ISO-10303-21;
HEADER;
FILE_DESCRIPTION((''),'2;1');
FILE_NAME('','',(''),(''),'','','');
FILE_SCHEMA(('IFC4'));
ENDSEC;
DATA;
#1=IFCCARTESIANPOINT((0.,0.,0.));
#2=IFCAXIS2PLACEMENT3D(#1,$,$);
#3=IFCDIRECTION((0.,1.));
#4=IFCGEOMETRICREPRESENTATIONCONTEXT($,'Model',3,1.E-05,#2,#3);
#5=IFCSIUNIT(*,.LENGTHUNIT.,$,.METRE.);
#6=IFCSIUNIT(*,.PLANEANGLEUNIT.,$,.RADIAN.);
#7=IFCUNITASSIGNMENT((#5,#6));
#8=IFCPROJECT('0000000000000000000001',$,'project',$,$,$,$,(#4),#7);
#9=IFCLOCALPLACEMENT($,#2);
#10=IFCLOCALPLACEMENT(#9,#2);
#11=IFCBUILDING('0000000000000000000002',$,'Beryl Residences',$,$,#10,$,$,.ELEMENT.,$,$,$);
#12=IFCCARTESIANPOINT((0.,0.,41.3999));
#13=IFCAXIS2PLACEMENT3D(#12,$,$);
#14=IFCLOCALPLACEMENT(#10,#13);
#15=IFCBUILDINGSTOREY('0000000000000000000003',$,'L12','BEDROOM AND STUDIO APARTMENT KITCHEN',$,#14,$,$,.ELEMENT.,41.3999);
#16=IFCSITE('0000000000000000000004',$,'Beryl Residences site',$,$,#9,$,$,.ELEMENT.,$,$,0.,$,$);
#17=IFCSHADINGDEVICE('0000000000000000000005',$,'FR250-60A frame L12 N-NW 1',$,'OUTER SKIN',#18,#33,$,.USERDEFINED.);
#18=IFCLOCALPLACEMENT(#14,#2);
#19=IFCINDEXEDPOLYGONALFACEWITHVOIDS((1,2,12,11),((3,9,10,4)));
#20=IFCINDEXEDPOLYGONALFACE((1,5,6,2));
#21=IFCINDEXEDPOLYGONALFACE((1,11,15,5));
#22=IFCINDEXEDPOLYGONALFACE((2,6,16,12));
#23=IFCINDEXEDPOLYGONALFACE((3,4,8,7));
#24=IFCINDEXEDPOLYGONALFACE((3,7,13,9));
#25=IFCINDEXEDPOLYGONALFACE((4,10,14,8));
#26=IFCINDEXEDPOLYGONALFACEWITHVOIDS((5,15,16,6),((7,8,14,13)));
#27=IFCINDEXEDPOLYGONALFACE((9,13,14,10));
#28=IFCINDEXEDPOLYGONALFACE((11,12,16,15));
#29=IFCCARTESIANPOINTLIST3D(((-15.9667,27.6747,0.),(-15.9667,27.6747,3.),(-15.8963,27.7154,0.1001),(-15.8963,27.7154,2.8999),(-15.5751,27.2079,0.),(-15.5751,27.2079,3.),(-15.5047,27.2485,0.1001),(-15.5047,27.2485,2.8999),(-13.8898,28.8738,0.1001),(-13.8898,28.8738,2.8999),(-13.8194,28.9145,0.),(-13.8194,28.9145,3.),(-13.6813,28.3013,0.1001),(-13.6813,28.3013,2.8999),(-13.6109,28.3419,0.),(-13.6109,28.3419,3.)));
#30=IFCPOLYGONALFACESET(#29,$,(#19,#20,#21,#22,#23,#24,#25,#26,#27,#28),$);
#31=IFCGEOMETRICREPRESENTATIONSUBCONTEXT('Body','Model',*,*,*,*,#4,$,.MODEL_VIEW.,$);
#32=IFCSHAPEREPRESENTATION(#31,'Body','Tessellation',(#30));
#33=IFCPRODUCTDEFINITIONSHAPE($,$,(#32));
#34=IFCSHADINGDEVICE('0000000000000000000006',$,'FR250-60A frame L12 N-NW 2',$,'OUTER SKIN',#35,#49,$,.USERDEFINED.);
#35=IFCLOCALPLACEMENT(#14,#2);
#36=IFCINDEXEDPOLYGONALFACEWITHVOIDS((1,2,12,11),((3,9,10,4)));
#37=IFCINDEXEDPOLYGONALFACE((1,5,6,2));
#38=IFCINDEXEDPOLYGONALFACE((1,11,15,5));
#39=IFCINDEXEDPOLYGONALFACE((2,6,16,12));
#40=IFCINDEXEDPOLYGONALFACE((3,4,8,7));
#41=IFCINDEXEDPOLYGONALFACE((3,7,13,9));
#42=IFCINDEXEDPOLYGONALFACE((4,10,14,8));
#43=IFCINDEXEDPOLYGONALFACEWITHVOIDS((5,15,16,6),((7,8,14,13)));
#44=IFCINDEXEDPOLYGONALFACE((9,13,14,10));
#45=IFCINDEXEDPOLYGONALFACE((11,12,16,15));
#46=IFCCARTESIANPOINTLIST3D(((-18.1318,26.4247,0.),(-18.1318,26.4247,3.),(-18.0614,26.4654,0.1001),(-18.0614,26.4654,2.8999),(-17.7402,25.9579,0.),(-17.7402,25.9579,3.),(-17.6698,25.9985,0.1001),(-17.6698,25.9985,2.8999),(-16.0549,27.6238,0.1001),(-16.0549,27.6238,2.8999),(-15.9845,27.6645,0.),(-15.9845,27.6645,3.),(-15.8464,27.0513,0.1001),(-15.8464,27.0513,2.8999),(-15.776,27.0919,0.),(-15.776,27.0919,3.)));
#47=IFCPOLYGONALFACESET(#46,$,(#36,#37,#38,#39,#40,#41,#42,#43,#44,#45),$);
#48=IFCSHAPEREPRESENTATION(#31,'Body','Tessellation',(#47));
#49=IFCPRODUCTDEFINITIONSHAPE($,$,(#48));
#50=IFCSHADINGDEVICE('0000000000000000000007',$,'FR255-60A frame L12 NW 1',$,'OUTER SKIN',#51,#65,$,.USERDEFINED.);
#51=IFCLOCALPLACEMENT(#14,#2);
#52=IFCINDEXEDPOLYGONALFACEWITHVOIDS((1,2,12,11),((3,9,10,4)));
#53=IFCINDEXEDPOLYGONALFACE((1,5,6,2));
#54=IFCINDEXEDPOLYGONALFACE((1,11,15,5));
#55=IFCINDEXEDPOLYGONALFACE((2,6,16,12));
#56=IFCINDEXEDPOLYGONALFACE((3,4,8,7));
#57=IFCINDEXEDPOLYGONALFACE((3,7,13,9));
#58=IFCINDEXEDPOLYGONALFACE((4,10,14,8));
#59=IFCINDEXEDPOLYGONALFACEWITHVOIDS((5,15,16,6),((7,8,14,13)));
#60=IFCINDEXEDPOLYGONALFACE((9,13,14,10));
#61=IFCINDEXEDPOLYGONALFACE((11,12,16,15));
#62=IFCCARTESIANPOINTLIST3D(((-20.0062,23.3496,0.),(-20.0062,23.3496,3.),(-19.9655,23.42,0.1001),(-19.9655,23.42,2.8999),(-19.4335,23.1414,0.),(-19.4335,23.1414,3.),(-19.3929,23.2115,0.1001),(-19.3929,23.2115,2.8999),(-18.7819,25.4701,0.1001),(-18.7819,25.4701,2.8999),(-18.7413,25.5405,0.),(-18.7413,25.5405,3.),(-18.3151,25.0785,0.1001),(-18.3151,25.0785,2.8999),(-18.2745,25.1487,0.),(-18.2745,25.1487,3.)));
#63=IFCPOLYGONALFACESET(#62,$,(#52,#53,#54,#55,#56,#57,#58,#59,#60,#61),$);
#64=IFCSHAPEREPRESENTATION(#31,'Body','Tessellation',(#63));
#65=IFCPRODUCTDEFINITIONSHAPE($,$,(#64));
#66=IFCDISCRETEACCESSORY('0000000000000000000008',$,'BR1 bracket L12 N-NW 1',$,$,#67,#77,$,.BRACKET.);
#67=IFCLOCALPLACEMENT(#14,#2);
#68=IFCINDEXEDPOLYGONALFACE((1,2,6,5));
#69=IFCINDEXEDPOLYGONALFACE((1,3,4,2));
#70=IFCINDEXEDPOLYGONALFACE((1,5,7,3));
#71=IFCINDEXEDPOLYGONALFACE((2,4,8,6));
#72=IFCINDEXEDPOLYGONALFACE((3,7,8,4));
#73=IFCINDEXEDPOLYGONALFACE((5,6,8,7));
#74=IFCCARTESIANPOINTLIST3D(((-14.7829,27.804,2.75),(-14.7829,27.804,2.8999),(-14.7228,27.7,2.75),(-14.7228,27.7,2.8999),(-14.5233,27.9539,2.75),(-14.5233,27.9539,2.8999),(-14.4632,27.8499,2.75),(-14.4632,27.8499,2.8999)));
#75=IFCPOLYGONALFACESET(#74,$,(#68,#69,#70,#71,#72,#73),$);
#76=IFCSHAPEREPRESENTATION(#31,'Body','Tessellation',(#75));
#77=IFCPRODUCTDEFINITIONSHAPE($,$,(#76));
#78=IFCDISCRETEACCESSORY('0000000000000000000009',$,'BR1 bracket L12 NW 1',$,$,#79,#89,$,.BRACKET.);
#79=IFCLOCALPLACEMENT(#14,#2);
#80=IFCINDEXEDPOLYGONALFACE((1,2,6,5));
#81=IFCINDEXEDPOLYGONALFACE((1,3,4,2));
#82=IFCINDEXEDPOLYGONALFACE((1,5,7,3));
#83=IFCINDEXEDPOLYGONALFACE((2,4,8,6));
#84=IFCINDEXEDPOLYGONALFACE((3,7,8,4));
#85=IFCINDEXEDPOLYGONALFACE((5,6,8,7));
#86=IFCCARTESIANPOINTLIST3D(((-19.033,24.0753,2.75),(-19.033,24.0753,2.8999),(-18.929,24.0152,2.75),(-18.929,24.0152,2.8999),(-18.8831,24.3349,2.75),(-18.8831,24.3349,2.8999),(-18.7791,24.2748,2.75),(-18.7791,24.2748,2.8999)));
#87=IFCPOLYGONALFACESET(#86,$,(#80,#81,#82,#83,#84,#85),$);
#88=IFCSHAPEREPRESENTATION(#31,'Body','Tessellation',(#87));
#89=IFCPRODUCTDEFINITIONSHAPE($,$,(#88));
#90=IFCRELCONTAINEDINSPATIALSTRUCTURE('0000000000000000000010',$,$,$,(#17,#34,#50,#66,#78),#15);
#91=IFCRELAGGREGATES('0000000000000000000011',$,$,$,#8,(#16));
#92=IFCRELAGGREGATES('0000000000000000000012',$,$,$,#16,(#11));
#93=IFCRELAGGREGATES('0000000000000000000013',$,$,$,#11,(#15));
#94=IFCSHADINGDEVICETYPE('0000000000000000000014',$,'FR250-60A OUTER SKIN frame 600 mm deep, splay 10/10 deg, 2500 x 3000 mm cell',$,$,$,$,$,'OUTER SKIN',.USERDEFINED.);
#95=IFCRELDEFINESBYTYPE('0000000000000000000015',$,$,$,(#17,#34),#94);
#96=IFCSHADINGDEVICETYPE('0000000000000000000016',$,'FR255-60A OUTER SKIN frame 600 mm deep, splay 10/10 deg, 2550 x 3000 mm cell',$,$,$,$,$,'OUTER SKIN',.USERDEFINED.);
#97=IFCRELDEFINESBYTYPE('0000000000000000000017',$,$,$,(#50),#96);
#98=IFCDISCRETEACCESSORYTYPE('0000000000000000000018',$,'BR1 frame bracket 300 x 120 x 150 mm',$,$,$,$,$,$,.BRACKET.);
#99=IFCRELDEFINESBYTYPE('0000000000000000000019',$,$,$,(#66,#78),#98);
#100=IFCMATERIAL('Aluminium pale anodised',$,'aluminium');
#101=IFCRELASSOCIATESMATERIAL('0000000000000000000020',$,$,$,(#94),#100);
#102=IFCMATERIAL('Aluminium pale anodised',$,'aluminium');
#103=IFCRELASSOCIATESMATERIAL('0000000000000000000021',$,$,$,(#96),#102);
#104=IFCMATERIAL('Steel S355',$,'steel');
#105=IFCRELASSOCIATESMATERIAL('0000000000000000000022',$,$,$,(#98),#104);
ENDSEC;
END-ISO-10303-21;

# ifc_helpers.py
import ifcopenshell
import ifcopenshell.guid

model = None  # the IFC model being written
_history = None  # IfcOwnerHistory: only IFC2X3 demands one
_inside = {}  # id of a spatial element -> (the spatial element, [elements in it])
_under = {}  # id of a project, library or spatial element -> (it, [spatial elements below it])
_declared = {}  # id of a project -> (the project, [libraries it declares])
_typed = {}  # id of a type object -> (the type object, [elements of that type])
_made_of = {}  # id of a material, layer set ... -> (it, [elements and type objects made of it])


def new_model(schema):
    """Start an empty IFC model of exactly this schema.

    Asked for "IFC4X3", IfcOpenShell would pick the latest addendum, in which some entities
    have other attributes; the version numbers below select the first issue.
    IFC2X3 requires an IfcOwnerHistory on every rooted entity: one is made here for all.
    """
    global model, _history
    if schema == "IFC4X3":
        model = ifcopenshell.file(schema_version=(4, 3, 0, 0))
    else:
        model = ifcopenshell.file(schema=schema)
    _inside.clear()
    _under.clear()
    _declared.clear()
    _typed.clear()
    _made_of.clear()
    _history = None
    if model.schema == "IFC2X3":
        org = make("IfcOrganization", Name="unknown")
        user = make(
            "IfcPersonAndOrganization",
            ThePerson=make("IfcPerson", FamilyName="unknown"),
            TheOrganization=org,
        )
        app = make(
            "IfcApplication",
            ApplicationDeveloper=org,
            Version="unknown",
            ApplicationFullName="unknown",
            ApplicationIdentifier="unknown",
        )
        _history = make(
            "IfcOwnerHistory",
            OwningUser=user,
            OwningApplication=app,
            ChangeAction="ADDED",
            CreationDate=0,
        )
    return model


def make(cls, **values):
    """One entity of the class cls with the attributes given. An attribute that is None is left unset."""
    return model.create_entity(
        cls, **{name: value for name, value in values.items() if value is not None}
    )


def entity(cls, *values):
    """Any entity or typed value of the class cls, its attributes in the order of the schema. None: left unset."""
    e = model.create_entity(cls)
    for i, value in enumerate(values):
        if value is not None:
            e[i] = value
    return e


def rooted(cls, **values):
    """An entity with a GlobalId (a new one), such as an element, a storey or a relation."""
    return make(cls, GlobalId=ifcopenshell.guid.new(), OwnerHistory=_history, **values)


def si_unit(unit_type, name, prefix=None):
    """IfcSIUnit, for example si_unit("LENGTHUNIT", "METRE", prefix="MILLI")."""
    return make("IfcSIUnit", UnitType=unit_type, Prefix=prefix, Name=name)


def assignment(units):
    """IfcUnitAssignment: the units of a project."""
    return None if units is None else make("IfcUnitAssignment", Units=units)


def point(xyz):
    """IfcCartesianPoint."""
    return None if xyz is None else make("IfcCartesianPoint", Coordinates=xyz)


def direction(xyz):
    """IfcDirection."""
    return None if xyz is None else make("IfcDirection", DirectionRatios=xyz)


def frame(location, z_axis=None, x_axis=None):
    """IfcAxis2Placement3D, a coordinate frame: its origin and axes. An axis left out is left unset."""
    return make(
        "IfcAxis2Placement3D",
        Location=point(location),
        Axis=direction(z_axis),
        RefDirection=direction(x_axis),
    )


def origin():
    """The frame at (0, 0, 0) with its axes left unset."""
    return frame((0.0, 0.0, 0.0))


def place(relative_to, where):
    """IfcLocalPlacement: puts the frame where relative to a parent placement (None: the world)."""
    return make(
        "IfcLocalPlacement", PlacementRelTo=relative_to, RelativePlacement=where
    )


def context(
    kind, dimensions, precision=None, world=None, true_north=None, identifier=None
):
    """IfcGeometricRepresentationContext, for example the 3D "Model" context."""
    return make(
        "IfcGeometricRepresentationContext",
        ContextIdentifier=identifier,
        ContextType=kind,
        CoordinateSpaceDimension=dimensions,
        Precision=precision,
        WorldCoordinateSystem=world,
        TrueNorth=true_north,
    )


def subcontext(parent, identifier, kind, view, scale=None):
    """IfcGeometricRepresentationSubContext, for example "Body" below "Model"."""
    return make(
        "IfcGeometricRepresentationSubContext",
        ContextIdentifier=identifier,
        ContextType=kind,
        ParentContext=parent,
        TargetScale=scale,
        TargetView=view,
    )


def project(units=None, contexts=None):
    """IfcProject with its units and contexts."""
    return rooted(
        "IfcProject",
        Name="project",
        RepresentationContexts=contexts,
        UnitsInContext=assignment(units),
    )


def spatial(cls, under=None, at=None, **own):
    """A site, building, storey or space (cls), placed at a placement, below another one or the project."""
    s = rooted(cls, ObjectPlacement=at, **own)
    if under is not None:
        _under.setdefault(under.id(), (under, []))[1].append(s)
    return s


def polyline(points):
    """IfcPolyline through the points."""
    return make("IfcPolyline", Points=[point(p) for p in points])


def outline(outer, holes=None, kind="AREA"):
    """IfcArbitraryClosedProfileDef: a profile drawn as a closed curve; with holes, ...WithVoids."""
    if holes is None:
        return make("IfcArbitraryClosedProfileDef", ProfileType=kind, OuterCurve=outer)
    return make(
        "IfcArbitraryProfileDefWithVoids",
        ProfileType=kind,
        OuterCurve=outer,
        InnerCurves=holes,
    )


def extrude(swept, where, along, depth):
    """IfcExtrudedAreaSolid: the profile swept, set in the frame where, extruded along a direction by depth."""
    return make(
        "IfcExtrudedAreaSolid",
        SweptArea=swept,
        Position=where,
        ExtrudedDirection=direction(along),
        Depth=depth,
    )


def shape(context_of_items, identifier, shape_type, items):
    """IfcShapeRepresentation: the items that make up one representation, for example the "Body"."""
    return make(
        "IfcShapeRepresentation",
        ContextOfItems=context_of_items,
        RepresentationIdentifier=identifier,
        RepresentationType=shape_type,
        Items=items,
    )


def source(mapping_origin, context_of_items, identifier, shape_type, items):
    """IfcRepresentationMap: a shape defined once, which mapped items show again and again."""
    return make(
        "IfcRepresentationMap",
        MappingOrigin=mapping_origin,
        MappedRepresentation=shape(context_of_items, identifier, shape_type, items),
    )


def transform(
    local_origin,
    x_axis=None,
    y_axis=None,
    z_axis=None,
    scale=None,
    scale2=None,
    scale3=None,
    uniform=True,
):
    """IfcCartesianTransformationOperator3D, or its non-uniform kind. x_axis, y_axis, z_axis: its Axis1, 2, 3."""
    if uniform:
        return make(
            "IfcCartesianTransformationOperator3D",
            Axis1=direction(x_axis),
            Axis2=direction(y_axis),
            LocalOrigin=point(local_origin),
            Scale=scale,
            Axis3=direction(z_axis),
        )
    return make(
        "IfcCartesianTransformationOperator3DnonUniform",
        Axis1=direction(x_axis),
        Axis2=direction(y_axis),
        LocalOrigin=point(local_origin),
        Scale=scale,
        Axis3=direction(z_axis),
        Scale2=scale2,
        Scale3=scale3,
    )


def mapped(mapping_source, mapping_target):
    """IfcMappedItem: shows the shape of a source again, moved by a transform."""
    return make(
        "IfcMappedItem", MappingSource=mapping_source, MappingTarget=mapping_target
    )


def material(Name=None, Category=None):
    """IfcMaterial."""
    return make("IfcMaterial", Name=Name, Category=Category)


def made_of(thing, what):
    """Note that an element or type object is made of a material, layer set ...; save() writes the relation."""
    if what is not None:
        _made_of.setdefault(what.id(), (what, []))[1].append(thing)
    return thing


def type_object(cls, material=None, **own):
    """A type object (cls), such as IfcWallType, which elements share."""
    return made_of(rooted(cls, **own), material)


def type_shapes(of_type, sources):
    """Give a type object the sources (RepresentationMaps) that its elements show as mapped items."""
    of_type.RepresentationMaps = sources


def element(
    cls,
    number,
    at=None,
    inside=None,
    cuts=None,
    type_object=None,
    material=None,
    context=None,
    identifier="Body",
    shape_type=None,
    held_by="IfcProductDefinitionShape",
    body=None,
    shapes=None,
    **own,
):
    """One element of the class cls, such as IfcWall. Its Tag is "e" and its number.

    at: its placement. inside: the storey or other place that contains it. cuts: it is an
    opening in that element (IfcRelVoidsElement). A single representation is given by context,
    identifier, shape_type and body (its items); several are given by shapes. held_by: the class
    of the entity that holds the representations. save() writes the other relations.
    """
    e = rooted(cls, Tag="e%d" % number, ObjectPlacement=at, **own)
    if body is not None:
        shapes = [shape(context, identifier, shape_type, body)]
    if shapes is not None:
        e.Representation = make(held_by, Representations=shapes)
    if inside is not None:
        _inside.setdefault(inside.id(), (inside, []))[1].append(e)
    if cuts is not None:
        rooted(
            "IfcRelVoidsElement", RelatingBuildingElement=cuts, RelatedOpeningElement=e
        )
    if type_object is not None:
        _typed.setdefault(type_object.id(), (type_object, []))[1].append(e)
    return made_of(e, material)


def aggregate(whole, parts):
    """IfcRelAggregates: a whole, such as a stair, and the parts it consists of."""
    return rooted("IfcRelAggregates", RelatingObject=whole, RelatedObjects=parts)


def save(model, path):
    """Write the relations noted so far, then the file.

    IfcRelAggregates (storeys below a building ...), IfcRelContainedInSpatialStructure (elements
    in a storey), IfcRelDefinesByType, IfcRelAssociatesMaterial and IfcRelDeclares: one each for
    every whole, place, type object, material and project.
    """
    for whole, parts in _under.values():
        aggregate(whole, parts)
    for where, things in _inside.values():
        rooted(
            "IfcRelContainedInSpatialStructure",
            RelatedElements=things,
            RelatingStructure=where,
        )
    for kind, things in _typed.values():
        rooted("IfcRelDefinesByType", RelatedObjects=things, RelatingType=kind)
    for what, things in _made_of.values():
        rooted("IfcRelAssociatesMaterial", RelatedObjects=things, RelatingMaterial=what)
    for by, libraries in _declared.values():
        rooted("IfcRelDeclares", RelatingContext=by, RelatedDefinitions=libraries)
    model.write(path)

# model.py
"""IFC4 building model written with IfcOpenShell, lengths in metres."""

from ifc_helpers import new_model, entity, si_unit, direction, frame, origin, place, context, subcontext, project, spatial, polyline, outline, extrude, source, transform, mapped, material, type_object, type_shapes, element, save


model = new_model("IFC4")

# Units and contexts
model_context = context("Model", 3, precision=1e-05, world=origin(), true_north=direction((0.0, 1.0)))
body_context = subcontext(model_context, "Body", "Model", "MODEL_VIEW")
ifc_project = project(units=[si_unit("LENGTHUNIT", "METRE"), si_unit("PLANEANGLEUNIT", "RADIAN")], contexts=[model_context])

# Site, building, storey
site_placement = place(None, origin())
site = spatial("IfcSite", under=ifc_project, at=site_placement, Name="Beryl Residences site", CompositionType="ELEMENT", RefElevation=0.0)
building_placement = place(site_placement, origin())
building = spatial("IfcBuilding", under=site, at=building_placement, Name="Beryl Residences", CompositionType="ELEMENT")
storey_placement = place(building_placement, frame((0.0, 0.0, 41.3999)))
storey = spatial("IfcBuildingStorey", under=building, at=storey_placement, Name="L12", Description="BEDROOM AND STUDIO APARTMENT KITCHEN", CompositionType="ELEMENT", Elevation=41.3999)

# Shading devices
ifc_material_1 = material(Name="Aluminium pale anodised", Category="aluminium")
shading_device_type_1 = type_object("IfcShadingDeviceType", Name="FR250-60A OUTER SKIN frame 600 mm deep, splay 10/10 deg, 2500 x 3000 mm cell", ElementType="OUTER SKIN", PredefinedType="USERDEFINED", material=ifc_material_1)
cartesian_point_1 = entity("IfcCartesianPoint", [-1.134, 0.0])
cartesian_point_2 = entity("IfcCartesianPoint", [-1.0527, 0.1001])
cartesian_point_3 = entity("IfcCartesianPoint", [-1.2397, 0.0])
cartesian_point_4 = entity("IfcCartesianPoint", [-1.1584, 0.1001])
shared_shape_1 = source(origin(), body_context, "Body", "SweptSolid", [
    entity("IfcExtrudedAreaSolidTapered", entity("IfcArbitraryProfileDefWithVoids", "AREA", None, entity("IfcPolyline", [cartesian_point_1, entity("IfcCartesianPoint", [1.134, 0.0]), entity("IfcCartesianPoint", [1.134, 3.0]), entity("IfcCartesianPoint", [-1.134, 3.0]), cartesian_point_1]), [entity("IfcPolyline", [cartesian_point_2, entity("IfcCartesianPoint", [1.0527, 0.1001]), entity("IfcCartesianPoint", [1.0527, 2.8999]), entity("IfcCartesianPoint", [-1.0527, 2.8999]), cartesian_point_2])]), entity("IfcAxis2Placement3D", entity("IfcCartesianPoint", [0.0, 0.0, 0.0]), entity("IfcDirection", [0.0, 1.0, 0.0]), entity("IfcDirection", [-1.0, 0.0, 0.0])), entity("IfcDirection", [0.0, 0.0, 1.0]), 0.6001, entity("IfcArbitraryProfileDefWithVoids", "AREA", None, entity("IfcPolyline", [cartesian_point_3, entity("IfcCartesianPoint", [1.2397, 0.0]), entity("IfcCartesianPoint", [1.2397, 3.0]), entity("IfcCartesianPoint", [-1.2397, 3.0]), cartesian_point_3]), [entity("IfcPolyline", [cartesian_point_4, entity("IfcCartesianPoint", [1.1584, 0.1001]), entity("IfcCartesianPoint", [1.1584, 2.8999]), entity("IfcCartesianPoint", [-1.1584, 2.8999]), cartesian_point_4])])),
])
type_shapes(shading_device_type_1, [shared_shape_1])
for number, where, z_axis, x_axis, name in (
    (1, (-14.593, 27.7749, 0.0), (0.0, 0.0, 1.0), (0.866025, 0.5, 0.0), "FR250-60A frame L12 N-NW 1"),
    (2, (-16.7581, 26.5249, 0.0), (0.0, 0.0, 1.0), (0.866025, 0.5, 0.0), "FR250-60A frame L12 N-NW 2"),
):
    element("IfcShadingDevice", number, at=place(storey_placement, frame(where, z_axis=z_axis, x_axis=x_axis)), inside=storey, type_object=shading_device_type_1, Name=name, ObjectType="OUTER SKIN", PredefinedType="USERDEFINED", context=body_context, shape_type="MappedRepresentation", body=[
        mapped(shared_shape_1, transform((0.0, 0.0, 0.0))),
    ])
ifc_material_2 = material(Name="Aluminium pale anodised", Category="aluminium")
shading_device_type_2 = type_object("IfcShadingDeviceType", Name="FR255-60A OUTER SKIN frame 600 mm deep, splay 10/10 deg, 2550 x 3000 mm cell", ElementType="OUTER SKIN", PredefinedType="USERDEFINED", material=ifc_material_2)
cartesian_point_5 = entity("IfcCartesianPoint", [-1.1589, 0.0])
cartesian_point_6 = entity("IfcCartesianPoint", [-1.0779, 0.1001])
cartesian_point_7 = entity("IfcCartesianPoint", [-1.2649, 0.0])
cartesian_point_8 = entity("IfcCartesianPoint", [-1.1836, 0.1001])
shared_shape_2 = source(origin(), body_context, "Body", "SweptSolid", [
    entity("IfcExtrudedAreaSolidTapered", entity("IfcArbitraryProfileDefWithVoids", "AREA", None, entity("IfcPolyline", [cartesian_point_5, entity("IfcCartesianPoint", [1.1589, 0.0]), entity("IfcCartesianPoint", [1.1589, 3.0]), entity("IfcCartesianPoint", [-1.1589, 3.0]), cartesian_point_5]), [entity("IfcPolyline", [cartesian_point_6, entity("IfcCartesianPoint", [1.0779, 0.1001]), entity("IfcCartesianPoint", [1.0779, 2.8999]), entity("IfcCartesianPoint", [-1.0779, 2.8999]), cartesian_point_6])]), entity("IfcAxis2Placement3D", entity("IfcCartesianPoint", [0.0, 0.0, 0.0]), entity("IfcDirection", [0.0, 1.0, 0.0]), entity("IfcDirection", [-1.0, 0.0, 0.0])), entity("IfcDirection", [0.0, 0.0, 1.0]), 0.6001, entity("IfcArbitraryProfileDefWithVoids", "AREA", None, entity("IfcPolyline", [cartesian_point_7, entity("IfcCartesianPoint", [1.2649, 0.0]), entity("IfcCartesianPoint", [1.2649, 3.0]), entity("IfcCartesianPoint", [-1.2649, 3.0]), cartesian_point_7]), [entity("IfcPolyline", [cartesian_point_8, entity("IfcCartesianPoint", [1.1836, 0.1001]), entity("IfcCartesianPoint", [1.1836, 2.8999]), entity("IfcCartesianPoint", [-1.1836, 2.8999]), cartesian_point_8])])),
])
type_shapes(shading_device_type_2, [shared_shape_2])
shading_device_placement = place(storey_placement, frame((-18.854, 24.145, 0.0), z_axis=(0.0, 0.0, 1.0), x_axis=(0.5, 0.866025, 0.0)))
element("IfcShadingDevice", 3, at=shading_device_placement, inside=storey, type_object=shading_device_type_2, Name="FR255-60A frame L12 NW 1", ObjectType="OUTER SKIN", PredefinedType="USERDEFINED", context=body_context, shape_type="MappedRepresentation", body=[
    mapped(shared_shape_2, transform((0.0, 0.0, 0.0))),
])

# Discrete accessories
ifc_material_3 = material(Name="Steel S355", Category="steel")
discrete_accessory_type = type_object("IfcDiscreteAccessoryType", Name="BR1 frame bracket 300 x 120 x 150 mm", PredefinedType="BRACKET", material=ifc_material_3)
shared_shape_3 = source(origin(), body_context, "Body", "SweptSolid", [
    extrude(outline(polyline([(-0.1499, 0.0), (0.1499, 0.0), (0.1499, 0.1201), (-0.1499, 0.1201), (-0.1499, 0.0)])), origin(), (0.0, 0.0, 1.0), 0.1499),
])
type_shapes(discrete_accessory_type, [shared_shape_3])
for number, where, z_axis, x_axis, name in (
    (4, (-14.593, 27.7749, 2.75), (0.0, 0.0, 1.0), (0.866025, 0.5, 0.0), "BR1 bracket L12 N-NW 1"),
    (5, (-18.854, 24.145, 2.75), (0.0, 0.0, 1.0), (0.5, 0.866025, 0.0), "BR1 bracket L12 NW 1"),
):
    element("IfcDiscreteAccessory", number, at=place(storey_placement, frame(where, z_axis=z_axis, x_axis=x_axis)), inside=storey, type_object=discrete_accessory_type, Name=name, PredefinedType="BRACKET", context=body_context, shape_type="MappedRepresentation", body=[
        mapped(shared_shape_3, transform((0.0, 0.0, 0.0))),
    ])

save(model, "model.ifc")
